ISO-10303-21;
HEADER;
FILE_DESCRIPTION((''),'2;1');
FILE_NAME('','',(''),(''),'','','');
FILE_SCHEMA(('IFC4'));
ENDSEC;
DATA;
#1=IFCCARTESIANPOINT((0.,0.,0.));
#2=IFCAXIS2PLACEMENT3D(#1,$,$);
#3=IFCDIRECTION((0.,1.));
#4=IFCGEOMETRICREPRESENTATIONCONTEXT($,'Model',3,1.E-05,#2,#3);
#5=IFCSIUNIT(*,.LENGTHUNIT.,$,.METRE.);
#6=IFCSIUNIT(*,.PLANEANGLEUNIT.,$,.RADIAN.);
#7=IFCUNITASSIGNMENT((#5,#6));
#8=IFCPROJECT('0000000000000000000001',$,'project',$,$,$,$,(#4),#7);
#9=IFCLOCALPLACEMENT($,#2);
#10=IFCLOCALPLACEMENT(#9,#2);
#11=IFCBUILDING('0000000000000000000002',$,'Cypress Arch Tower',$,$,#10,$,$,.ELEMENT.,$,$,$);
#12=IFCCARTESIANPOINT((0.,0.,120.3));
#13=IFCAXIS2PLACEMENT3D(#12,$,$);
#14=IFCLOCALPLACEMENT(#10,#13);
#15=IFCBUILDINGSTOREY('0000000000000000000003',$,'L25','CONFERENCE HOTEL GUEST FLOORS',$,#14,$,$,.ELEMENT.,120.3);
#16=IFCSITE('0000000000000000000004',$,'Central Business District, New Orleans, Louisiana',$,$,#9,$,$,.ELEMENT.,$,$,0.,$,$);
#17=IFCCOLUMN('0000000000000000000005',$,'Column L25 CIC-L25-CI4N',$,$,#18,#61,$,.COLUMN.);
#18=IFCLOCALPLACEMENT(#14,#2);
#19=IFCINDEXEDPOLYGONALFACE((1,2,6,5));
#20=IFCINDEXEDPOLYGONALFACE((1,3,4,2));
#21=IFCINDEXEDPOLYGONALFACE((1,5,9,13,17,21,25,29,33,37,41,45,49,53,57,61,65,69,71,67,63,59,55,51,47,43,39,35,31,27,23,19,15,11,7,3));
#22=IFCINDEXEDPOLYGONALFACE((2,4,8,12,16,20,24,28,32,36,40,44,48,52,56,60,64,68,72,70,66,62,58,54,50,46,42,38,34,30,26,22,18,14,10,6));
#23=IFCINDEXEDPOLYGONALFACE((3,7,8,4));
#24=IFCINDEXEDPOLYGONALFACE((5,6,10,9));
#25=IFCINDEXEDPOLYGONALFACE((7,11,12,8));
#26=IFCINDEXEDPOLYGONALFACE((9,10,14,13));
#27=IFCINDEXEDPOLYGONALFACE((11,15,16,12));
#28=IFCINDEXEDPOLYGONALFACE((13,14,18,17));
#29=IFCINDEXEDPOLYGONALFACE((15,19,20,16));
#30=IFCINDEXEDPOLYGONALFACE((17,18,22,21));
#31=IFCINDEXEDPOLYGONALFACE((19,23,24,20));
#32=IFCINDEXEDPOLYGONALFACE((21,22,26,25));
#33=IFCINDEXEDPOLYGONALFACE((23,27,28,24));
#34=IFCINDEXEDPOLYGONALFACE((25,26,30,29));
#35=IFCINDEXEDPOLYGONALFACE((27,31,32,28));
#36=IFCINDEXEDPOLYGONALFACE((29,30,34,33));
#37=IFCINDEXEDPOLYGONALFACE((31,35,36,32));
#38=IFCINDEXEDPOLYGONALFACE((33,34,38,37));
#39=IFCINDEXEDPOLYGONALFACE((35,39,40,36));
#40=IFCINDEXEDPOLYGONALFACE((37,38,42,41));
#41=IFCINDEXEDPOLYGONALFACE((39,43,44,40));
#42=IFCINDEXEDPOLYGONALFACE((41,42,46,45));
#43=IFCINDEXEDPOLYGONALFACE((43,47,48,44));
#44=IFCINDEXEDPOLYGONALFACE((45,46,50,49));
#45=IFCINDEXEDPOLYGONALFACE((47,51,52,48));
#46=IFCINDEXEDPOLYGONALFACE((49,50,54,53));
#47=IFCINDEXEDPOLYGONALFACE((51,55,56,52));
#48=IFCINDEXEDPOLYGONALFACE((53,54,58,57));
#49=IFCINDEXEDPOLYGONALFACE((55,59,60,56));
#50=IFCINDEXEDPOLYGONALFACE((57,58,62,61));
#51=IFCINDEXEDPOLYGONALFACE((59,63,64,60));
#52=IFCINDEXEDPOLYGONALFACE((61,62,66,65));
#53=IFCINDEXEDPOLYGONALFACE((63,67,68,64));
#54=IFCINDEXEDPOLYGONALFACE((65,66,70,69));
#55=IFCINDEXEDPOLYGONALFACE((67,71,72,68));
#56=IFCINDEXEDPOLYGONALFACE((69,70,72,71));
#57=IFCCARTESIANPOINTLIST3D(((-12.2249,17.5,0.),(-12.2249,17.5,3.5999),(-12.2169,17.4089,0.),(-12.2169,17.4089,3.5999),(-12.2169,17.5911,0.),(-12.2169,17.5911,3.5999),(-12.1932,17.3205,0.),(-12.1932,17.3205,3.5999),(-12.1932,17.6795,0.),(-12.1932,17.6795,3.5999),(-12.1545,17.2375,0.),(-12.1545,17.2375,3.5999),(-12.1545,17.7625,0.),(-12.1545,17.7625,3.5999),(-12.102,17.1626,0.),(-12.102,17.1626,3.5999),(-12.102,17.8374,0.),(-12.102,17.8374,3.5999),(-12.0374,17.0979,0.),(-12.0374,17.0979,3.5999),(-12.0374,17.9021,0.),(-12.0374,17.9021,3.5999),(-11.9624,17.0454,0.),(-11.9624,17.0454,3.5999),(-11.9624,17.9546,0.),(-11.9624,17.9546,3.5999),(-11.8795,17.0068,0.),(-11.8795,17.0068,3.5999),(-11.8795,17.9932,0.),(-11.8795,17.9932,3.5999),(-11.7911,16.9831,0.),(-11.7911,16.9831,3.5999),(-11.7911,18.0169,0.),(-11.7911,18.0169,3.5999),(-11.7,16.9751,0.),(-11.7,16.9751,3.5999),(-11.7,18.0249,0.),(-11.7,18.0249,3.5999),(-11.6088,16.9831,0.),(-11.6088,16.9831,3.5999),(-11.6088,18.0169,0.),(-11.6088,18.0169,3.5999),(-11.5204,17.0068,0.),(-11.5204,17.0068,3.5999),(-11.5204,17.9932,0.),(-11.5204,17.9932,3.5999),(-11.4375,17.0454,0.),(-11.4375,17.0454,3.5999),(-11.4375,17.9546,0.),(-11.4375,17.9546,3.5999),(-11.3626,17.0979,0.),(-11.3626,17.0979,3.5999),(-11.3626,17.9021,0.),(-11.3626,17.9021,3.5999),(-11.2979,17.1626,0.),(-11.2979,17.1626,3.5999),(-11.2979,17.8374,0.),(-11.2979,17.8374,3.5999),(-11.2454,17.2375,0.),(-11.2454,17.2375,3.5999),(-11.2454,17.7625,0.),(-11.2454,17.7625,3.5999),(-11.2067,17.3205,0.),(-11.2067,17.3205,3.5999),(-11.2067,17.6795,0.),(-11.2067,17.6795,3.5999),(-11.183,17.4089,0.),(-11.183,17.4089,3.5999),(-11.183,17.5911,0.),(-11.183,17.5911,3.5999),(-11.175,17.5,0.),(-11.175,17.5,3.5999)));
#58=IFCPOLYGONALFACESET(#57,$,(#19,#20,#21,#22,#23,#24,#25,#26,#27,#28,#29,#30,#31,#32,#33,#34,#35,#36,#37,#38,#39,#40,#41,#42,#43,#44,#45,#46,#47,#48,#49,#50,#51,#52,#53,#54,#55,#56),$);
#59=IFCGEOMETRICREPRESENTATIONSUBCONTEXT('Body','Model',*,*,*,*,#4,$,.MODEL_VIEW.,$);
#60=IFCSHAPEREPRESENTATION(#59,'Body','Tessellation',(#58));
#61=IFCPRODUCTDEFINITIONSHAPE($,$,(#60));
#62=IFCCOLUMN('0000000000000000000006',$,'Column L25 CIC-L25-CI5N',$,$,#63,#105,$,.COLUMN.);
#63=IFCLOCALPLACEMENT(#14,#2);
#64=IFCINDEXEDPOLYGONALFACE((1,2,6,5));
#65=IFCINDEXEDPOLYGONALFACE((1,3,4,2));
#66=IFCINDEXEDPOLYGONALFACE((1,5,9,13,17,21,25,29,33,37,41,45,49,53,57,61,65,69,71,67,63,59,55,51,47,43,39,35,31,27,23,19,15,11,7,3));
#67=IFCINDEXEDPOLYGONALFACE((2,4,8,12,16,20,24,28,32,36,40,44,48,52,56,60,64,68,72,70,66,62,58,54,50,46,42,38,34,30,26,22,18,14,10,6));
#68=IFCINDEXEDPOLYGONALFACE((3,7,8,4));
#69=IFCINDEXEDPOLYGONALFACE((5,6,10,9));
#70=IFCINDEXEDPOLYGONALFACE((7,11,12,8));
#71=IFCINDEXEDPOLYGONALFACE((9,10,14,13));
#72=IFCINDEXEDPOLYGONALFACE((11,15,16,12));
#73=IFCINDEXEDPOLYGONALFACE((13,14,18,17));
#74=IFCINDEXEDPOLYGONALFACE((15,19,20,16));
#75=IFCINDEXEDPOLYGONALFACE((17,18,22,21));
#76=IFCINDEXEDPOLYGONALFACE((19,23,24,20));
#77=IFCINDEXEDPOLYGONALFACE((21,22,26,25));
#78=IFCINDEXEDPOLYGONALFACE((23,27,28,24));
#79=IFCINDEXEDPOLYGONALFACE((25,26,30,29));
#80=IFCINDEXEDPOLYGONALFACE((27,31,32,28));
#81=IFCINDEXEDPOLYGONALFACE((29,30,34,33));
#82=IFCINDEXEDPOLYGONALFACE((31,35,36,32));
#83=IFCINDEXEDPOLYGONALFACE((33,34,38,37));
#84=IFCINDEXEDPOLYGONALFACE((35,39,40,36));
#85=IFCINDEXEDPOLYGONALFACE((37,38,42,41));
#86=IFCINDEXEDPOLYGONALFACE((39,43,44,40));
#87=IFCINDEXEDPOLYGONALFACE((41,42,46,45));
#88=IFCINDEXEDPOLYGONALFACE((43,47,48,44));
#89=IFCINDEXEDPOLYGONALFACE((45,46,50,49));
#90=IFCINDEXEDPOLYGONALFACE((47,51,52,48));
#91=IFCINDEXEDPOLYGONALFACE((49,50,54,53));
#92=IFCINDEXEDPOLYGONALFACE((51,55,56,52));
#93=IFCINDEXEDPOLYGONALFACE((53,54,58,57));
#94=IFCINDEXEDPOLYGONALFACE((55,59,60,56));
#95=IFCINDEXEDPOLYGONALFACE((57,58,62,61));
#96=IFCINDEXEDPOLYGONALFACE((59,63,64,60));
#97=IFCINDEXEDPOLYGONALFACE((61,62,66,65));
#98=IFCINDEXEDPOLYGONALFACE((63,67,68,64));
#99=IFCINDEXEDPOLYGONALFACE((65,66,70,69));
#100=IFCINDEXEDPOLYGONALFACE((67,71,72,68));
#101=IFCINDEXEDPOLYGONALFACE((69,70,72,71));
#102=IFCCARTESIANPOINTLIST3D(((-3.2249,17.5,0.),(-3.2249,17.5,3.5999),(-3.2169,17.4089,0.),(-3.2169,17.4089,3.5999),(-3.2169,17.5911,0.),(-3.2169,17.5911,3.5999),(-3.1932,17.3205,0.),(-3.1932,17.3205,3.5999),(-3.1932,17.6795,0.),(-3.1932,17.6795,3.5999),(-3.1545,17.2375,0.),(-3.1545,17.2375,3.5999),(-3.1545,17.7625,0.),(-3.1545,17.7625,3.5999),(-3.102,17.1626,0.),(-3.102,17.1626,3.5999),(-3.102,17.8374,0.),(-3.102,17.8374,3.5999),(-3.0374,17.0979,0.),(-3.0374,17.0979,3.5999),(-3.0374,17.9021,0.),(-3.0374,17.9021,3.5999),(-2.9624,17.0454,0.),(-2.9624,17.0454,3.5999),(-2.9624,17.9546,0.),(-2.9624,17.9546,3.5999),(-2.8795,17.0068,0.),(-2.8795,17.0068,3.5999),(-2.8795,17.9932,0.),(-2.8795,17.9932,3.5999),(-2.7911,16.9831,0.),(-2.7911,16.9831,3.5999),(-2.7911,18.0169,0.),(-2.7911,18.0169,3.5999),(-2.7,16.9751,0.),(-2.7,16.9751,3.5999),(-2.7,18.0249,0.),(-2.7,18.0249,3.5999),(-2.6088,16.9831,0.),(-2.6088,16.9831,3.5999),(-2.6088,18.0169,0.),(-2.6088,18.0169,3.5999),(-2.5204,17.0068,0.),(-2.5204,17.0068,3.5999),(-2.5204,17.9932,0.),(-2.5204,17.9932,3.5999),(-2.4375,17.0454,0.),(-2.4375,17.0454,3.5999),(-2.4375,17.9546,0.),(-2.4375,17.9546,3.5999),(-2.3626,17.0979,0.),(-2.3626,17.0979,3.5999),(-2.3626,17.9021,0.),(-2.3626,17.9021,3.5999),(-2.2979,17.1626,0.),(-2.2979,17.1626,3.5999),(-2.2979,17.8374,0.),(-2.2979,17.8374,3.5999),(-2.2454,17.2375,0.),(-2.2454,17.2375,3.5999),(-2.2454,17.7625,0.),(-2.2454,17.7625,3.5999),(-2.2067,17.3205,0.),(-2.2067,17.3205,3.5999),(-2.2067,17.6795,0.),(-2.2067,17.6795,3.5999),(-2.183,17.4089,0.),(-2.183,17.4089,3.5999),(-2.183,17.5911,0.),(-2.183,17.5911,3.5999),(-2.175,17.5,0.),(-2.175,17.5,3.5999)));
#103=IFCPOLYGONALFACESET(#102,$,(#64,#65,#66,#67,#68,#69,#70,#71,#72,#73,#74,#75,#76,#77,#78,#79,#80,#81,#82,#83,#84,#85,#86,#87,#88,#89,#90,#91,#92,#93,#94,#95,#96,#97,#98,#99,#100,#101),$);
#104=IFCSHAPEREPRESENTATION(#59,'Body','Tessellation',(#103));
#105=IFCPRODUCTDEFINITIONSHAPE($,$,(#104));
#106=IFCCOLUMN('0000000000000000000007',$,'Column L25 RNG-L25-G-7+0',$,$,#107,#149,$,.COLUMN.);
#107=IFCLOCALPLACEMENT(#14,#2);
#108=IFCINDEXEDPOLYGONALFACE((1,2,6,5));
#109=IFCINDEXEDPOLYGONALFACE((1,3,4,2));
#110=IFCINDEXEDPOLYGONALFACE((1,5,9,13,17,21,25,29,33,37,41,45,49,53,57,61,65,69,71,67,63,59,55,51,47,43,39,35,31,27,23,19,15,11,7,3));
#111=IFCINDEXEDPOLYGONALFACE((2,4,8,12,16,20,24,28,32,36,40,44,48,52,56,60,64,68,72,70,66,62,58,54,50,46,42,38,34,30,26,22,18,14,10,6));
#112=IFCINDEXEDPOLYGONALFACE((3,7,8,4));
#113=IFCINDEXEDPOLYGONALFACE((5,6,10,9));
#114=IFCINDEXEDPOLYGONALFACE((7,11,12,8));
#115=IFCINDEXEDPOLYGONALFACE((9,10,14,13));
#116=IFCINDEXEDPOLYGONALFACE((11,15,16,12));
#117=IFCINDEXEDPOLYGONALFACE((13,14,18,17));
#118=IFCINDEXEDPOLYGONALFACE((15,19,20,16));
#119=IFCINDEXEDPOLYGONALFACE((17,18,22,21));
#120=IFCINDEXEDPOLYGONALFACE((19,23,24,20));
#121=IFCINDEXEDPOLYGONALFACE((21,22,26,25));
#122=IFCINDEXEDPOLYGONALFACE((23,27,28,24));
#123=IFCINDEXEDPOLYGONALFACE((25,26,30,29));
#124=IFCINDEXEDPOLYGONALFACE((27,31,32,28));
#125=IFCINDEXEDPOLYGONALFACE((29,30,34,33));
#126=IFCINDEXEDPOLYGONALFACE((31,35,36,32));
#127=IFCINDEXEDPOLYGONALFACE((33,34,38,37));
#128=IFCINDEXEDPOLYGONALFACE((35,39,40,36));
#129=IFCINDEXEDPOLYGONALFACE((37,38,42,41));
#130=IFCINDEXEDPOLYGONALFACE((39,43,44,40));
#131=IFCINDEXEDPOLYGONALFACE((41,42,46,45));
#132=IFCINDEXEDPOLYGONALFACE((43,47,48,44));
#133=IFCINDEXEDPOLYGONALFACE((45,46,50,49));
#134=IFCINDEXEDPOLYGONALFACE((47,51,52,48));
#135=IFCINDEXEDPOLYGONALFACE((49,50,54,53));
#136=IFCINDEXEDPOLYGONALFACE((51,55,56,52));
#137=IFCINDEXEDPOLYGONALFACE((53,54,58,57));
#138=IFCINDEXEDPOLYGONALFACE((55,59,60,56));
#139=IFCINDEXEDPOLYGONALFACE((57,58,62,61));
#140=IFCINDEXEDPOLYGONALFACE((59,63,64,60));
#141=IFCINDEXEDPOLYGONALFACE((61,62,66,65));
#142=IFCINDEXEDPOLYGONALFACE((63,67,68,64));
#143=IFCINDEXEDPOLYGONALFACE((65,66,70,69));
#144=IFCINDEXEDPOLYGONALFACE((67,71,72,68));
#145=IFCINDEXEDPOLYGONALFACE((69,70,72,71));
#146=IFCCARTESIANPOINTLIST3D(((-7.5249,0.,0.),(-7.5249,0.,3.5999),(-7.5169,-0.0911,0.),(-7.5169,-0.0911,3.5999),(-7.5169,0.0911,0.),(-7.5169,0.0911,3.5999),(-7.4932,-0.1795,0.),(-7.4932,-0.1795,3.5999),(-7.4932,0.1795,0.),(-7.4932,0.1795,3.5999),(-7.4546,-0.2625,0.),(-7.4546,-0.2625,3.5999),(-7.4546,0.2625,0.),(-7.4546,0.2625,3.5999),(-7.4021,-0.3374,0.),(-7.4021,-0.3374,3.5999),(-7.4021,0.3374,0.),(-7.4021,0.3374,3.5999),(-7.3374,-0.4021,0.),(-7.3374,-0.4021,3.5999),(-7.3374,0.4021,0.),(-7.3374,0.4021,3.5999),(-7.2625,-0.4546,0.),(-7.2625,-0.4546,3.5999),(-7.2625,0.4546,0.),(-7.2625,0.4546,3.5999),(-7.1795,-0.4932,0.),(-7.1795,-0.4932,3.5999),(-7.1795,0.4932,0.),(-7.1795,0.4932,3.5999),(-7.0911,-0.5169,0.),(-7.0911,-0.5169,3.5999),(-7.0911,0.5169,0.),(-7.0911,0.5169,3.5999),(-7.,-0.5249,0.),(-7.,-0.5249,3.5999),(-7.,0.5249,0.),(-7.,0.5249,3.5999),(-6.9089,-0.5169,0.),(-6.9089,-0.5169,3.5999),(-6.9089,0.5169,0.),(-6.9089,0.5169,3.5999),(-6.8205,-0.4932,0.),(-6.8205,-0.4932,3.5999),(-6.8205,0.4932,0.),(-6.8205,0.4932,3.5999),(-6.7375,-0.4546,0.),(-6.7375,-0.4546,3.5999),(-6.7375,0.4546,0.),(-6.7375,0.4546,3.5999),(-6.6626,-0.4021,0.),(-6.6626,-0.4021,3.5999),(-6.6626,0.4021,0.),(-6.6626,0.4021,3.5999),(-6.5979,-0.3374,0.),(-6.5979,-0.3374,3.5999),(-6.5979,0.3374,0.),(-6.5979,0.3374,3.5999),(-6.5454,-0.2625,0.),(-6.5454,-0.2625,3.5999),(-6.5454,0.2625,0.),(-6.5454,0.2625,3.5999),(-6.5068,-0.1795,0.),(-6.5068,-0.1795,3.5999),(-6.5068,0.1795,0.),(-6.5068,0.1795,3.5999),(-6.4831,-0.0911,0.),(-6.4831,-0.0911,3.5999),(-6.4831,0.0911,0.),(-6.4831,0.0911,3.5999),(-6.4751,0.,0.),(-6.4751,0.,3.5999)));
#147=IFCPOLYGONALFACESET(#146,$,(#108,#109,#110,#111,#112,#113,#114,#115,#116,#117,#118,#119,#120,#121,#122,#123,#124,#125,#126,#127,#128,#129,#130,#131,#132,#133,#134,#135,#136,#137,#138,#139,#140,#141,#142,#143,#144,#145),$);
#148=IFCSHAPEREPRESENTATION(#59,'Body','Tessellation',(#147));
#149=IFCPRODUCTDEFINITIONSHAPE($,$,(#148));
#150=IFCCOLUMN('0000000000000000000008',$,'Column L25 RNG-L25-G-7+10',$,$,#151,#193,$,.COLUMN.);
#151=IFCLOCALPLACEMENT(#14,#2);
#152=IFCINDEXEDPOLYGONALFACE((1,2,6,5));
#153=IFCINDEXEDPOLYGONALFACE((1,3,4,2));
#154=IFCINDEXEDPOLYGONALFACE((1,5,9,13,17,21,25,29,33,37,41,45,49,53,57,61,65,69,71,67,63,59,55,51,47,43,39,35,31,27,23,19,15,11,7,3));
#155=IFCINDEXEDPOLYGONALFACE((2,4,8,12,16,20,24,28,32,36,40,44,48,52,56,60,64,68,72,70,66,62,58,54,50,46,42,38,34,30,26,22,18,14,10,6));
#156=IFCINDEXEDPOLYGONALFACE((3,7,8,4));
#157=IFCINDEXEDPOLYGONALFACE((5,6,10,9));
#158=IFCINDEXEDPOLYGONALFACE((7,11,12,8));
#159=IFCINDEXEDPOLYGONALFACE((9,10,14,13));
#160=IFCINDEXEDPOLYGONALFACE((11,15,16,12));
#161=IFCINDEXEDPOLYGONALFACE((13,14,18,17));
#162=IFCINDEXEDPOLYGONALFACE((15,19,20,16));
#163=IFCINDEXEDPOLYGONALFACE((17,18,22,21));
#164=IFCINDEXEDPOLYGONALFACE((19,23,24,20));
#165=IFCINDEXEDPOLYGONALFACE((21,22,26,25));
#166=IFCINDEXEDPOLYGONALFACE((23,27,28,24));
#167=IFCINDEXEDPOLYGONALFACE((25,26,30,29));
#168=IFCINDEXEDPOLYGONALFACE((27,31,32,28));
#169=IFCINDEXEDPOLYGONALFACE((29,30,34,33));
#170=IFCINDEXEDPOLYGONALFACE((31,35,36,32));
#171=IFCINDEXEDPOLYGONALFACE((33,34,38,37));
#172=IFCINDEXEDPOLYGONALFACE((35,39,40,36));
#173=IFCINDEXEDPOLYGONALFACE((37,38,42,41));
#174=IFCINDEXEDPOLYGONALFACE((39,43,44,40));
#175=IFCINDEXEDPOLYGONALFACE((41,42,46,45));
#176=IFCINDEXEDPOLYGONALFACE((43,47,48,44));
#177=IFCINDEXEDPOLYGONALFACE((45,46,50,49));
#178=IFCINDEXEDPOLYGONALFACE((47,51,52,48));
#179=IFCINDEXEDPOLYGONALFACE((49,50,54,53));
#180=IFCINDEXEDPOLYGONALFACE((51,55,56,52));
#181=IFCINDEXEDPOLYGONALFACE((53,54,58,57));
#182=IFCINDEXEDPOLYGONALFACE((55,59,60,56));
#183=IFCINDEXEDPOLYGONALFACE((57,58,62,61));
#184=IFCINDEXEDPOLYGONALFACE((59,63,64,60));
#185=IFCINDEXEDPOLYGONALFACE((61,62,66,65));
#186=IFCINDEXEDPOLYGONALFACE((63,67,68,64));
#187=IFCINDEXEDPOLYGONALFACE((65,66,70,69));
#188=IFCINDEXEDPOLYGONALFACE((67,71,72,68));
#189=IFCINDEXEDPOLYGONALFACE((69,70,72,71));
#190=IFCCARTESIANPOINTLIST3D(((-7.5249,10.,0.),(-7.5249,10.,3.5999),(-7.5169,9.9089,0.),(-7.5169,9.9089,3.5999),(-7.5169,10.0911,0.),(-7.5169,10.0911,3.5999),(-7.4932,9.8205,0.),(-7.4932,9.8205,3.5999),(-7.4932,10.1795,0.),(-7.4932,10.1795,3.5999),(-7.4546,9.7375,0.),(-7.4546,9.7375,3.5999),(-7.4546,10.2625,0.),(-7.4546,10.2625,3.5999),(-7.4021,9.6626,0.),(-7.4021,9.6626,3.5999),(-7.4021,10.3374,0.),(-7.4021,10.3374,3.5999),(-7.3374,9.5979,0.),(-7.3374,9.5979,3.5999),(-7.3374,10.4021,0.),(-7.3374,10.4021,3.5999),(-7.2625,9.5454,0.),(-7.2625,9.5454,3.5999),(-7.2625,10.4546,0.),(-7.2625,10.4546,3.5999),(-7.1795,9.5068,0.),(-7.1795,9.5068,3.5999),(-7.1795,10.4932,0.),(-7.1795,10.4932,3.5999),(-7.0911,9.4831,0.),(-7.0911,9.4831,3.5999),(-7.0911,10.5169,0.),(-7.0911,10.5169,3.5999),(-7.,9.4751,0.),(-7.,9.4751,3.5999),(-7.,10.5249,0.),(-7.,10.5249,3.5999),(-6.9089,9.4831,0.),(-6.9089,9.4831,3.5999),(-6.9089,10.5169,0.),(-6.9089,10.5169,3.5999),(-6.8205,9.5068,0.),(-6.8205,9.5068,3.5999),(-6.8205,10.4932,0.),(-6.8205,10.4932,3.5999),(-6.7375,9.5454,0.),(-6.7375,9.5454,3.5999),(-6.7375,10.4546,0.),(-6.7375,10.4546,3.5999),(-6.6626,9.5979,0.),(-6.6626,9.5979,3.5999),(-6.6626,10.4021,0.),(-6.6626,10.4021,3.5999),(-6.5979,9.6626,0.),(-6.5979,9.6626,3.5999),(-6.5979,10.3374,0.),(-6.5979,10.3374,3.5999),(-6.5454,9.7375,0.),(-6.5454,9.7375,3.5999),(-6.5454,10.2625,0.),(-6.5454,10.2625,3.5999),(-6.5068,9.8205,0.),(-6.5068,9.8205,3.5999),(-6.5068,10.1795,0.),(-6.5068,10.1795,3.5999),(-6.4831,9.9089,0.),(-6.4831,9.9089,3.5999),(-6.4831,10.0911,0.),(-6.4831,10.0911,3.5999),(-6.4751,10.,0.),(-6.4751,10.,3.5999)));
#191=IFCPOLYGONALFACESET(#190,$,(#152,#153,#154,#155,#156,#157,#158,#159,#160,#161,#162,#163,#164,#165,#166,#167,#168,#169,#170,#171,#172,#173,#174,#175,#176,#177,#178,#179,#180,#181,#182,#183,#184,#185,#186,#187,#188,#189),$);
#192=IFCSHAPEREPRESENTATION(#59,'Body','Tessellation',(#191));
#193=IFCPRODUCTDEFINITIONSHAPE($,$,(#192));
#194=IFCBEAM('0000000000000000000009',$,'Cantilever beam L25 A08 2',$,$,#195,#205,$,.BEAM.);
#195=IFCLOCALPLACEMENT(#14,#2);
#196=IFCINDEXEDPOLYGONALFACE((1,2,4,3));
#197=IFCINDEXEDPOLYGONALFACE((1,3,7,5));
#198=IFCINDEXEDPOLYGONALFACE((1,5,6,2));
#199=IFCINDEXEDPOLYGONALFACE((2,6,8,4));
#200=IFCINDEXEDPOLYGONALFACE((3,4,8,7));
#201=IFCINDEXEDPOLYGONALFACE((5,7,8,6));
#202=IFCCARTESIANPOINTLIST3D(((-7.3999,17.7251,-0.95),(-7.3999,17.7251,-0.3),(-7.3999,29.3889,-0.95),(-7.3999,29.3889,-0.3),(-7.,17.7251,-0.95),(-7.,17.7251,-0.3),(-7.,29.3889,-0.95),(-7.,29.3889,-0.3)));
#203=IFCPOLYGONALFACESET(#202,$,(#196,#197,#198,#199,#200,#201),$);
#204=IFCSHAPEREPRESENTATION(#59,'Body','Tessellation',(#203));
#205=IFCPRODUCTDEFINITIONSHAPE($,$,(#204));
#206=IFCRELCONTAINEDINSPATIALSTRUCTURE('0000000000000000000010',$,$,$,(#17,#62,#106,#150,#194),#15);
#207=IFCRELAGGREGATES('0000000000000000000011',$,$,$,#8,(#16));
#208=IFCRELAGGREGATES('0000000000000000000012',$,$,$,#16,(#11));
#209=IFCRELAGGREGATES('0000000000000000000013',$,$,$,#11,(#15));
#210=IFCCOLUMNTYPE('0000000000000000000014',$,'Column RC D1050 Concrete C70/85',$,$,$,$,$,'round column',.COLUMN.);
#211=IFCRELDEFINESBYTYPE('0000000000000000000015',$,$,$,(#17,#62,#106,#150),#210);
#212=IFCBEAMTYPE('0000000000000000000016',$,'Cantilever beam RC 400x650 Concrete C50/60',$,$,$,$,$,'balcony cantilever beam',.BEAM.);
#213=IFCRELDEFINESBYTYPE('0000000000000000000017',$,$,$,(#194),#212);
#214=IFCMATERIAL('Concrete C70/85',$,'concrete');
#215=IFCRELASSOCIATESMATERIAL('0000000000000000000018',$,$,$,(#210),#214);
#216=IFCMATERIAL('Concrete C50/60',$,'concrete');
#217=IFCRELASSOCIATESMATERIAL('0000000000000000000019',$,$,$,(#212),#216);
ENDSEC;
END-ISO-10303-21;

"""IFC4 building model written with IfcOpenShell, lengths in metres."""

from ifc_helpers import new_model, si_unit, direction, frame, origin, origin_2d, place, context, subcontext, project, spatial, rectangle, circle, extrude, material, material_profile, profile_set, type_object, element, save


model = new_model("IFC4")

# Units and contexts
model_context = context("Model", 3, precision=1e-05, world=origin(), true_north=direction((0.0, 1.0)))
body_context = subcontext(model_context, "Body", "Model", "MODEL_VIEW")
ifc_project = project(units=[si_unit("LENGTHUNIT", "METRE"), si_unit("PLANEANGLEUNIT", "RADIAN")], contexts=[model_context])

# Site, building, storey
site_placement = place(None, origin())
site = spatial("IfcSite", under=ifc_project, at=site_placement, Name="Central Business District, New Orleans, Louisiana", CompositionType="ELEMENT", RefElevation=0.0)
building_placement = place(site_placement, origin())
building = spatial("IfcBuilding", under=site, at=building_placement, Name="Cypress Arch Tower", CompositionType="ELEMENT")
storey_placement = place(building_placement, frame((0.0, 0.0, 120.3)))
storey = spatial("IfcBuildingStorey", under=building, at=storey_placement, Name="L25", Description="CONFERENCE HOTEL GUEST FLOORS", CompositionType="ELEMENT", Elevation=120.3)

# Columns
ifc_material_1 = material(Name="Concrete C70/85", Category="concrete")
ifc_material_profile_1 = material_profile(ifc_material_1, circle(Radius=0.5249, at=origin_2d()), Name="RC D1050")
ifc_profile_set_1 = profile_set([ifc_material_profile_1], Name="Concrete C70/85")
column_type = type_object("IfcColumnType", Name="Column RC D1050 Concrete C70/85", ElementType="round column", PredefinedType="COLUMN", material=ifc_profile_set_1)
for number, where, z_axis, x_axis, name in (
    (1, (-11.7, 17.5, 0.0), (0.0, 0.0, 1.0), (1.0, 0.0, 0.0), "Column L25 CIC-L25-CI4N"),
    (2, (-2.7, 17.5, 0.0), (0.0, 0.0, 1.0), (1.0, 0.0, 0.0), "Column L25 CIC-L25-CI5N"),
    (3, (-7.0, 0.0, 0.0), (0.0, 0.0, 1.0), (1.0, 0.0, 0.0), "Column L25 RNG-L25-G-7+0"),
    (4, (-7.0, 10.0, 0.0), (0.0, 0.0, 1.0), (1.0, 0.0, 0.0), "Column L25 RNG-L25-G-7+10"),
):
    element("IfcColumn", number, at=place(storey_placement, frame(where, z_axis=z_axis, x_axis=x_axis)), inside=storey, type_object=column_type, Name=name, PredefinedType="COLUMN", context=body_context, shape_type="SweptSolid", body=[
        extrude(circle(Radius=0.5249, at=origin_2d()), origin(), (0.0, 0.0, 1.0), 3.5999),
    ])

# Beam
ifc_material_2 = material(Name="Concrete C50/60", Category="concrete")
ifc_material_profile_2 = material_profile(ifc_material_2, rectangle(XDim=0.3999, YDim=0.6499, at=origin_2d()), Name="RC 400x650")
ifc_profile_set_2 = profile_set([ifc_material_profile_2], Name="Concrete C50/60")
beam_type_1 = type_object("IfcBeamType", Name="Cantilever beam RC 400x650 Concrete C50/60", ElementType="balcony cantilever beam", PredefinedType="BEAM", material=ifc_profile_set_2)
beam_1_placement = place(storey_placement, frame((-7.2, 17.7251, -0.625), z_axis=(0.0, 1.0, 0.0), x_axis=(-1.0, 0.0, 0.0)))
element("IfcBeam", 5, at=beam_1_placement, inside=storey, type_object=beam_type_1, Name="Cantilever beam L25 A08 2", PredefinedType="BEAM", context=body_context, shape_type="SweptSolid", body=[
    extrude(rectangle(XDim=0.3999, YDim=0.6499, at=origin_2d()), origin(), (0.0, 0.0, 1.0), 11.6638),
])

save(model, "model.ifc")
